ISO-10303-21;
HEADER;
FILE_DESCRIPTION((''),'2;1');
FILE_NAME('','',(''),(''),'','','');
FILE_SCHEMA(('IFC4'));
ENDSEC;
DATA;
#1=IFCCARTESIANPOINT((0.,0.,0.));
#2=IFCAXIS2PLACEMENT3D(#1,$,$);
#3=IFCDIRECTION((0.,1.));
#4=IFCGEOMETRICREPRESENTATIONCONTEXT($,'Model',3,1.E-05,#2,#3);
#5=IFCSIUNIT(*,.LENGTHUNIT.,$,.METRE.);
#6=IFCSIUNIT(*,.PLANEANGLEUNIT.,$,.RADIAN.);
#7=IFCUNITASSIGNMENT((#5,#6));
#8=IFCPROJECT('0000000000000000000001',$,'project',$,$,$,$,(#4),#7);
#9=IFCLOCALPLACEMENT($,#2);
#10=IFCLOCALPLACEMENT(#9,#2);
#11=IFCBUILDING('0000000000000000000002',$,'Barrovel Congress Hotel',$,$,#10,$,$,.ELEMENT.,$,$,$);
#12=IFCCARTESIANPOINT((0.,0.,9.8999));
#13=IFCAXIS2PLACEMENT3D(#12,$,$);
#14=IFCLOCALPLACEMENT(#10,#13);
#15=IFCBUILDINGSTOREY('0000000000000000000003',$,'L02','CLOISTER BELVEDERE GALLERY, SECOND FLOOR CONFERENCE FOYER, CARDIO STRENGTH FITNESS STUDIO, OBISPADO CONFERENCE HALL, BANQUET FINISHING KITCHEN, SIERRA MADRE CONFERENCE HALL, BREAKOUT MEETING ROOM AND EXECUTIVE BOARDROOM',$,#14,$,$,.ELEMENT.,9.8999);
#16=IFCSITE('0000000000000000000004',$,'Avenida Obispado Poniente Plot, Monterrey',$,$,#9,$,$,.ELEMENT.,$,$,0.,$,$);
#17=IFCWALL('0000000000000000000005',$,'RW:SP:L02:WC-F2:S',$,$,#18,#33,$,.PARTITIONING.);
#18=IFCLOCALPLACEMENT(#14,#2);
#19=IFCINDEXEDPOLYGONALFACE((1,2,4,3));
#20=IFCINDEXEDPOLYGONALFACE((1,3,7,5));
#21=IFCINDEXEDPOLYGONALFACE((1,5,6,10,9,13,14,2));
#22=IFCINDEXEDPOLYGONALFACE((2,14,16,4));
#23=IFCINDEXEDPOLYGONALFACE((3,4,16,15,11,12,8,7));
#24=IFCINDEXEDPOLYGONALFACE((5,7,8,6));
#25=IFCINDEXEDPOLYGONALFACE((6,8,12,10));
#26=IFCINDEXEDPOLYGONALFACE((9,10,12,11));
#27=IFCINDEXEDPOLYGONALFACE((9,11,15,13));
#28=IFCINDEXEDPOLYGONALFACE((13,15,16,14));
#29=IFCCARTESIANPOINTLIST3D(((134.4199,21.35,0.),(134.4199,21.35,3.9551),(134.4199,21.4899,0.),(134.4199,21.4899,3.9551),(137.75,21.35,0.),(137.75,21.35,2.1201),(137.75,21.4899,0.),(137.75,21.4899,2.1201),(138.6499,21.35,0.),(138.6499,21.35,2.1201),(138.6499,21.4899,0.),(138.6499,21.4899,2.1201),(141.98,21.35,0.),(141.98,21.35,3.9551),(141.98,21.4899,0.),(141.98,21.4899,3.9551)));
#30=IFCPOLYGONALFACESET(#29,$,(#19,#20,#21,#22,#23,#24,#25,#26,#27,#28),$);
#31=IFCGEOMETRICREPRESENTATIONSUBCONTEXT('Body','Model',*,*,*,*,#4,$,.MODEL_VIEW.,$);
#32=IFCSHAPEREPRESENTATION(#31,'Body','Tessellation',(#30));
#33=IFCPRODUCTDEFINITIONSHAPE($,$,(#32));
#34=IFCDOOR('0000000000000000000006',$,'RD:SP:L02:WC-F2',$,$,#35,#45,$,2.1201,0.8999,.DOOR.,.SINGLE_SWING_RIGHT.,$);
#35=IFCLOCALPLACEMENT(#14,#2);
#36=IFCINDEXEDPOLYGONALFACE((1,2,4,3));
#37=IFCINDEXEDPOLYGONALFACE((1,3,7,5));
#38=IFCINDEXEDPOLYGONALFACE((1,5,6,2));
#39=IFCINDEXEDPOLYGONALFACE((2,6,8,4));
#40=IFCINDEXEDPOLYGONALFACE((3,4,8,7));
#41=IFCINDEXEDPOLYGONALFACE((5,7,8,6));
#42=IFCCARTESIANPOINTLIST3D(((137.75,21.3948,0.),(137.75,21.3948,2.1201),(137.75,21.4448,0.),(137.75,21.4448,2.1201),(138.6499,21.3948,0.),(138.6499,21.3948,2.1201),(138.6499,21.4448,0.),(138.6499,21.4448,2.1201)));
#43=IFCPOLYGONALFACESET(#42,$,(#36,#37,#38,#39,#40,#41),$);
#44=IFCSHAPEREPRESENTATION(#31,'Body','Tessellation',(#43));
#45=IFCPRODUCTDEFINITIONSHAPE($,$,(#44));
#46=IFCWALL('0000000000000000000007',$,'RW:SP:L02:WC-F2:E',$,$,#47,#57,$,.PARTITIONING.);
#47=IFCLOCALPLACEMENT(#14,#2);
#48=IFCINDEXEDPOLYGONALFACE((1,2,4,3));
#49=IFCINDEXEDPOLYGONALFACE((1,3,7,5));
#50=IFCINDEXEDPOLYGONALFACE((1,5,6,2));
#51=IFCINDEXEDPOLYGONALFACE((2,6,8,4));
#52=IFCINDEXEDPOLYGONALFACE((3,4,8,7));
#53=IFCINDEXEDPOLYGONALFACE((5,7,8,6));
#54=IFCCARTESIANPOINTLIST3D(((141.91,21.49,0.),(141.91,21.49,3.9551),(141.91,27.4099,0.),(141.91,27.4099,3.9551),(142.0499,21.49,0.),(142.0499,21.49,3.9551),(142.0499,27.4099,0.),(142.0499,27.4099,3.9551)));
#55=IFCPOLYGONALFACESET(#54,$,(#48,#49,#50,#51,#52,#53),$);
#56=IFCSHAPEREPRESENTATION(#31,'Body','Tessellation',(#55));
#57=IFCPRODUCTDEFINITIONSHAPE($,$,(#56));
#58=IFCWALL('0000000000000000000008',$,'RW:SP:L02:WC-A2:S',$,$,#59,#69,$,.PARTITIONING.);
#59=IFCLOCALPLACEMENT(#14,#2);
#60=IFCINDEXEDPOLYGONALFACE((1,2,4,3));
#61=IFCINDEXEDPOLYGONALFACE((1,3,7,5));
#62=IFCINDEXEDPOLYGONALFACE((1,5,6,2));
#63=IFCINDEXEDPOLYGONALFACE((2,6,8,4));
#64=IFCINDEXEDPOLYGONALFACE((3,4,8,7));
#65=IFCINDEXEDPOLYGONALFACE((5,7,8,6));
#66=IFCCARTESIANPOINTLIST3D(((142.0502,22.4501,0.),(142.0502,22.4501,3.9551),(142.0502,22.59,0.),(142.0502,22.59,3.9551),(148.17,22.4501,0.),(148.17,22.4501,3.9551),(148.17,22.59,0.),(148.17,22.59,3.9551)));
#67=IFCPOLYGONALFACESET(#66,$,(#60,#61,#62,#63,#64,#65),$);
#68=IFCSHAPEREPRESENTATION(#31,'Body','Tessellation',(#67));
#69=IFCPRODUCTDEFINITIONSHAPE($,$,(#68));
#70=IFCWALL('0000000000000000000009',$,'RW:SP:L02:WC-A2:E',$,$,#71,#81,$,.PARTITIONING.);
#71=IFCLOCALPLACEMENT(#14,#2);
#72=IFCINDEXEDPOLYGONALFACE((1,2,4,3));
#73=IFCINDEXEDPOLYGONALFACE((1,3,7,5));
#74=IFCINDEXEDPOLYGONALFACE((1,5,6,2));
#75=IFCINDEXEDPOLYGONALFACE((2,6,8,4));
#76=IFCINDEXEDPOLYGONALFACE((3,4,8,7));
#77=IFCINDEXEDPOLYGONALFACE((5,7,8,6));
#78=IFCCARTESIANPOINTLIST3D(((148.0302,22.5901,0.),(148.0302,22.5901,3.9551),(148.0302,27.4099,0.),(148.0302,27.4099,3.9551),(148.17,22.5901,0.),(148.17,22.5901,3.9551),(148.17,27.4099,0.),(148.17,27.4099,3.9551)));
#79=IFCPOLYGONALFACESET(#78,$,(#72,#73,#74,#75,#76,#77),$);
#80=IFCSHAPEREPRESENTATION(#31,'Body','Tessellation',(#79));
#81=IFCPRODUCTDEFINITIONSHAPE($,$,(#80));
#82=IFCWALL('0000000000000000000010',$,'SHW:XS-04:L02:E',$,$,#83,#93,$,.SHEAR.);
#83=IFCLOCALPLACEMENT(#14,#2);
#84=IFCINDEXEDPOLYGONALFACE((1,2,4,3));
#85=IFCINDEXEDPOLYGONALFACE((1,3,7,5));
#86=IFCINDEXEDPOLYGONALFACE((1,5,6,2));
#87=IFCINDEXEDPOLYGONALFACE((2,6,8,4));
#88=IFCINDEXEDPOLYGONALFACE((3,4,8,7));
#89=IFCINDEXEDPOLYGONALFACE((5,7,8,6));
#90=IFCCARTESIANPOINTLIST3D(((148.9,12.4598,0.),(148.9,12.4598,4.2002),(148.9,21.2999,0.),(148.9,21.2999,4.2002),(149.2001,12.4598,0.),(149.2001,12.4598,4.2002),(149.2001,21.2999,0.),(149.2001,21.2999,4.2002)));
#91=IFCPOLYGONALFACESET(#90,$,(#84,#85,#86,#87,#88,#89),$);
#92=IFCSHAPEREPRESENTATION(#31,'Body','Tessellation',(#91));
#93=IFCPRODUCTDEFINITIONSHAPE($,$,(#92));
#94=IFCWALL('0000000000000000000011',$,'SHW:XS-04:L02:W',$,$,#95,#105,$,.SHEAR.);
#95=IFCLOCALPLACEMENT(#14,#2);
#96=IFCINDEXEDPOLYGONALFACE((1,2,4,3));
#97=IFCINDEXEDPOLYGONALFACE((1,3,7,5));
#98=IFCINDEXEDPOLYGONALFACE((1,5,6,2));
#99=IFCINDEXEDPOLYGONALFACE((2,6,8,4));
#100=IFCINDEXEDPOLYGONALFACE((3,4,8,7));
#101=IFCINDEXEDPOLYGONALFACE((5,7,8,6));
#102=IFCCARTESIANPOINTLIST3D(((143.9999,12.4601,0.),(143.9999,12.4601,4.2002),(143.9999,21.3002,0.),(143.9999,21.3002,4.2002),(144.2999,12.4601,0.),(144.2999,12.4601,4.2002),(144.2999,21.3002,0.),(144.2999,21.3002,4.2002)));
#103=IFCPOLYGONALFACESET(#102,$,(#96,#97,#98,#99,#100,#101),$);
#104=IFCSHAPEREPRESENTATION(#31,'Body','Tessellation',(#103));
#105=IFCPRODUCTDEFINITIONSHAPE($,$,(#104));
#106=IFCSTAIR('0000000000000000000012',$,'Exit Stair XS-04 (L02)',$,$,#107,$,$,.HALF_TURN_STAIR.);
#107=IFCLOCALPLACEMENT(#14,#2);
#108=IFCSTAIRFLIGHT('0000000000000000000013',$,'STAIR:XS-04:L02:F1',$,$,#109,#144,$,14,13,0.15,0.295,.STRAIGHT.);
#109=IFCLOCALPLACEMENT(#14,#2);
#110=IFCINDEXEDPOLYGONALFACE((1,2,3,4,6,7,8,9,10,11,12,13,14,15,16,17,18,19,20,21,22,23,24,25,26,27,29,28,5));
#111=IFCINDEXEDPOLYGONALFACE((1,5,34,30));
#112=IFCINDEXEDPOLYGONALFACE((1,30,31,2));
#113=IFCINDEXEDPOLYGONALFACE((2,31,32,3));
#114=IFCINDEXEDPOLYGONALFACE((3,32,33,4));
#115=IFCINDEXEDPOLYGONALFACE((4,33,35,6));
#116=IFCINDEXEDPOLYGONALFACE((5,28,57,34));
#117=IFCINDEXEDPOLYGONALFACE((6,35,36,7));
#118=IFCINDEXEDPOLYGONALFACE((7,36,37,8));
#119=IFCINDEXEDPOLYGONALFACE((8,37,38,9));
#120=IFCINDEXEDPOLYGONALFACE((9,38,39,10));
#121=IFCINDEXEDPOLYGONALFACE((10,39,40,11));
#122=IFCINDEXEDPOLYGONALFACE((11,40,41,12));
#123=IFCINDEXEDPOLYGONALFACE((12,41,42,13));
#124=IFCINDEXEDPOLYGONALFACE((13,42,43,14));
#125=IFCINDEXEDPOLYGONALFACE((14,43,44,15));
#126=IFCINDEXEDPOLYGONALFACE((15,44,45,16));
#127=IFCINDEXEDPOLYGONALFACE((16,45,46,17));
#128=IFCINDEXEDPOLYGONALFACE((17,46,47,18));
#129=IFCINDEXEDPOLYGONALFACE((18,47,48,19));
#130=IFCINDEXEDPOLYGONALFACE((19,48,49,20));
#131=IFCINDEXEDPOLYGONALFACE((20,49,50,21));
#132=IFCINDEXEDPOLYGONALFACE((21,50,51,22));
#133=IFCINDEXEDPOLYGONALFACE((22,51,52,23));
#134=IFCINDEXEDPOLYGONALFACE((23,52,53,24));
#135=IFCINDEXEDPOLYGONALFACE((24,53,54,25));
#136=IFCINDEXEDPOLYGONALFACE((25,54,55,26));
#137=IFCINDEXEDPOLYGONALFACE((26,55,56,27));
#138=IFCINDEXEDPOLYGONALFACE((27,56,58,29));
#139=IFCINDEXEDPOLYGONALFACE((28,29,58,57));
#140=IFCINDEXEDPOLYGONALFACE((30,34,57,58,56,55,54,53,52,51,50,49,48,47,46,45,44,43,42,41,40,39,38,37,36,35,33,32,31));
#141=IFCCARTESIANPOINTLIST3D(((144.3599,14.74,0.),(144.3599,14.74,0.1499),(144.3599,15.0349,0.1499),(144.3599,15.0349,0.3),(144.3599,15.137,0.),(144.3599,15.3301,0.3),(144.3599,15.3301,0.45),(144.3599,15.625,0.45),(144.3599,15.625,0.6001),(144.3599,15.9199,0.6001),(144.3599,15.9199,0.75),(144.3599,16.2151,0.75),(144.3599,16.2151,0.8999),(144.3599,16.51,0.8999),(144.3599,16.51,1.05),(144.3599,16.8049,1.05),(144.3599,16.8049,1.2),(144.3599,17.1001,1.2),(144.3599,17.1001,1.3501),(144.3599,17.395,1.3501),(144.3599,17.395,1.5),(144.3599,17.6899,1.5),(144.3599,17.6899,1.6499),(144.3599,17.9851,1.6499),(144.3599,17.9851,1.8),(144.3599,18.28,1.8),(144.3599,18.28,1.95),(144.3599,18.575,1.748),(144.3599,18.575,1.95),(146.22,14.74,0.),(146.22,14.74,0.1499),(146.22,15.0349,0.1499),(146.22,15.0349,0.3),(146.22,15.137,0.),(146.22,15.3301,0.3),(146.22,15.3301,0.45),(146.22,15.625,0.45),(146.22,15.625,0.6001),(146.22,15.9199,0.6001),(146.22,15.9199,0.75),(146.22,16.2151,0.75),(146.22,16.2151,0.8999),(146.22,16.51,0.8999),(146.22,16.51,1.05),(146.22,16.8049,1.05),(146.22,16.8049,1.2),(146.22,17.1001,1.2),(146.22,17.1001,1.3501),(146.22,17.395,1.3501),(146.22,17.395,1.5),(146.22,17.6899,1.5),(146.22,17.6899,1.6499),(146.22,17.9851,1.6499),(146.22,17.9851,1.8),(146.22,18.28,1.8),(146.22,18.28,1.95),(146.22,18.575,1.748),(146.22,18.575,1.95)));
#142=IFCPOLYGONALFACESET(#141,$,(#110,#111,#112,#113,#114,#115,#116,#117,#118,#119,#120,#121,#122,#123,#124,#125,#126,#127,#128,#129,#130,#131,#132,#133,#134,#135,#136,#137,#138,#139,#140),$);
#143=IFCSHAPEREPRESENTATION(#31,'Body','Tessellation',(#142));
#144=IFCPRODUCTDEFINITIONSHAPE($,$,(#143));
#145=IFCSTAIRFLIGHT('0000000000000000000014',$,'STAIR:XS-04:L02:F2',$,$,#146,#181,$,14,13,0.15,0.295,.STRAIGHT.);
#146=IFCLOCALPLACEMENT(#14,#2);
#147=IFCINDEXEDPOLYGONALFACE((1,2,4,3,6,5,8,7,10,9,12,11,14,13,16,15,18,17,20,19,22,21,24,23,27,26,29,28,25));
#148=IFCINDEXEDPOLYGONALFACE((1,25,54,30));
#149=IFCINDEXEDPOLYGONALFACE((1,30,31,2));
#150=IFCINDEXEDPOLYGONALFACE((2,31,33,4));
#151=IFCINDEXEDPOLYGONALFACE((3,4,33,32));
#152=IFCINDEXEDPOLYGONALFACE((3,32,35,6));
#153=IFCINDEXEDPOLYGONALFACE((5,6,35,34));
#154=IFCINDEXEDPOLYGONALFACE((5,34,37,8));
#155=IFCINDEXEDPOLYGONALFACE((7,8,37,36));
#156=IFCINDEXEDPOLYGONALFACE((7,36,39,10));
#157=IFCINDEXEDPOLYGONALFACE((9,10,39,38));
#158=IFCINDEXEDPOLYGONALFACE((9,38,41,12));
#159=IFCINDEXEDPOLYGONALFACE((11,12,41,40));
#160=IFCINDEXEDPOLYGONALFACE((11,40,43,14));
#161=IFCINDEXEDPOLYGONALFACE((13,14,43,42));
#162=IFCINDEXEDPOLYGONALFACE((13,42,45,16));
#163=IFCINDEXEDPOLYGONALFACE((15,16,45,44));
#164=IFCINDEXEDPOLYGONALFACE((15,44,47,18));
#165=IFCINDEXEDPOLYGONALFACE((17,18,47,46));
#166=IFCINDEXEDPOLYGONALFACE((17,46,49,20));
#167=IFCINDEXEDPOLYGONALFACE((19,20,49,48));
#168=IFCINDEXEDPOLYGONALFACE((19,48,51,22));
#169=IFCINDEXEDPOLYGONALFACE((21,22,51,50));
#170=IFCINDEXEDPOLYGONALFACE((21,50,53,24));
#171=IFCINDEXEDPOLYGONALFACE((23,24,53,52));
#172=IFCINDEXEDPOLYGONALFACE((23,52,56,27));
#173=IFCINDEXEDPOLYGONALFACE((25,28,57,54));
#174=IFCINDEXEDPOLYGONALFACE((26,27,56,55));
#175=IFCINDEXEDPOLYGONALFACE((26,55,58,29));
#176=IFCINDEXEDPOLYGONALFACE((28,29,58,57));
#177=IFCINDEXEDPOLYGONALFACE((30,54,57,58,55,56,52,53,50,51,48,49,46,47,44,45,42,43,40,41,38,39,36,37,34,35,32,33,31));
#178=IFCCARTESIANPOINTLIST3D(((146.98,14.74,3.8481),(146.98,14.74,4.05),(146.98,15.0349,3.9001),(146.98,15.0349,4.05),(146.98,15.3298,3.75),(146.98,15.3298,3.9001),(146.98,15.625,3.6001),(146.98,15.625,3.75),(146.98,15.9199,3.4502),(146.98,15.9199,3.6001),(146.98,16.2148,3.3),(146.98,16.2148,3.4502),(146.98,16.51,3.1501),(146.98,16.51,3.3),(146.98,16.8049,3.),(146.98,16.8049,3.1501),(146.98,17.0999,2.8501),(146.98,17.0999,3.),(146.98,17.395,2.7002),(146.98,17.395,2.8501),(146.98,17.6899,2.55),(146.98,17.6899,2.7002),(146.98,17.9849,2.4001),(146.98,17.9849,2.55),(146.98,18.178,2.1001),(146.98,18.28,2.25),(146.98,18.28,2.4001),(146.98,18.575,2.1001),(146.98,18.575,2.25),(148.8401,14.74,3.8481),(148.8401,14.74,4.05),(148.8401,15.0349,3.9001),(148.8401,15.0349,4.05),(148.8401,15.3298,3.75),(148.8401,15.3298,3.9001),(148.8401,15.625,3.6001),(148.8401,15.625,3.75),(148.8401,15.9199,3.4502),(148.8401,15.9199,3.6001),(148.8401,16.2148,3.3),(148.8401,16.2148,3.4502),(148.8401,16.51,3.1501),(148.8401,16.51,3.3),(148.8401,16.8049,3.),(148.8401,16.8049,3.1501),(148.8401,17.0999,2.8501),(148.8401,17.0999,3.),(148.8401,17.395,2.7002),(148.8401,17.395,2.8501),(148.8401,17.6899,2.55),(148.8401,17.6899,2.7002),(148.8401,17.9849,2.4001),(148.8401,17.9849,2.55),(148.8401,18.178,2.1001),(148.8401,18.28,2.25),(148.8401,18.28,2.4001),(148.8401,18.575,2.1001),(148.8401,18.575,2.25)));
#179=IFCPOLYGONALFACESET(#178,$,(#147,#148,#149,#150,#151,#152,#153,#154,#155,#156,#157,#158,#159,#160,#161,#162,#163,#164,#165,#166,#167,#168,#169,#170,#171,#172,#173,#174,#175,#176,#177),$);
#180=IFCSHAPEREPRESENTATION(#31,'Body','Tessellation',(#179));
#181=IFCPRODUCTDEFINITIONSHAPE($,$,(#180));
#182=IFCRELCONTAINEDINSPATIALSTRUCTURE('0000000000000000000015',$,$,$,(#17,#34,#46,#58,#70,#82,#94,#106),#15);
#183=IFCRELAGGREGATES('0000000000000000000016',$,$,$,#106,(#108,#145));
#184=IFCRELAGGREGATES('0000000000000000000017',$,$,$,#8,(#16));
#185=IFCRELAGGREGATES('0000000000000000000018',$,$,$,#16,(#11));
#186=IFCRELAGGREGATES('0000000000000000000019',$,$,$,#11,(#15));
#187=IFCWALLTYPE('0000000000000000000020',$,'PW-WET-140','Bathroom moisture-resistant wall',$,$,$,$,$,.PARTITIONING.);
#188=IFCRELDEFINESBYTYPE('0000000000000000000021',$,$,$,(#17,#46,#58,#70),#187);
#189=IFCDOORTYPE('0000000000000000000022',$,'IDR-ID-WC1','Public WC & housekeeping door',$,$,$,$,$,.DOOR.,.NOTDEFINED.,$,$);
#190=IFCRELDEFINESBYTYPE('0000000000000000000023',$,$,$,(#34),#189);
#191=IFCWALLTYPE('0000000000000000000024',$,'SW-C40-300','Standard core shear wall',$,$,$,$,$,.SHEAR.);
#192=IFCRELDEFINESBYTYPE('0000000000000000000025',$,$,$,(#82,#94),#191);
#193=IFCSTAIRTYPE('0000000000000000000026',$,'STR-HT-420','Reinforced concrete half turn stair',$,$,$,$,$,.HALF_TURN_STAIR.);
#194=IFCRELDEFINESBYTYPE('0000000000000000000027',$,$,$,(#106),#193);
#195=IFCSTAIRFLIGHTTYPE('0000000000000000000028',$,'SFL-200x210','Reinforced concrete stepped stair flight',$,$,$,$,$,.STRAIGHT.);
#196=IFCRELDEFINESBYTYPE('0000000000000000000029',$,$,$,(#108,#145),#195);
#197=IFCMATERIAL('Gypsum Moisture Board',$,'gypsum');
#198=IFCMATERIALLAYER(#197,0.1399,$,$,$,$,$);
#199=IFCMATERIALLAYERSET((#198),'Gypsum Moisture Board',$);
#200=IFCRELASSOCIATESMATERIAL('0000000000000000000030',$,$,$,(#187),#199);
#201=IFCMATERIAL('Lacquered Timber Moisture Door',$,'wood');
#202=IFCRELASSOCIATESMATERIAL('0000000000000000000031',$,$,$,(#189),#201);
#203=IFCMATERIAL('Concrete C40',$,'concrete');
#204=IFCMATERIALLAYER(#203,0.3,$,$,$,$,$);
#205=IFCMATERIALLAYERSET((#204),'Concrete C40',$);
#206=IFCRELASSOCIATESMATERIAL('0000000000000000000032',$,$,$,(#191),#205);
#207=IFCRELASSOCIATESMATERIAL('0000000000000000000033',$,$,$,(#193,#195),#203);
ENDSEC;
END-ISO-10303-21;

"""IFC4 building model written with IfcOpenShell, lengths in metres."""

from ifc_helpers import new_model, si_unit, direction, frame, frame_2d, origin, place, context, subcontext, project, spatial, polyline, rectangle, outline, extrude, material, layer, layer_set, type_object, element, fill, aggregate, save


model = new_model("IFC4")

# Units and contexts
model_context = context("Model", 3, precision=1e-05, world=origin(), true_north=direction((0.0, 1.0)))
body_context = subcontext(model_context, "Body", "Model", "MODEL_VIEW")
ifc_project = project(units=[si_unit("LENGTHUNIT", "METRE"), si_unit("PLANEANGLEUNIT", "RADIAN")], contexts=[model_context])

# Site, building, storey
site_placement = place(None, origin())
site = spatial("IfcSite", under=ifc_project, at=site_placement, Name="Avenida Obispado Poniente Plot, Monterrey", CompositionType="ELEMENT", RefElevation=0.0)
building_placement = place(site_placement, origin())
building = spatial("IfcBuilding", under=site, at=building_placement, Name="Barrovel Congress Hotel", CompositionType="ELEMENT")
storey_placement = place(building_placement, frame((0.0, 0.0, 9.8999)))
storey = spatial("IfcBuildingStorey", under=building, at=storey_placement, Name="L02", Description="CLOISTER BELVEDERE GALLERY, SECOND FLOOR CONFERENCE FOYER, CARDIO STRENGTH FITNESS STUDIO, OBISPADO CONFERENCE HALL, BANQUET FINISHING KITCHEN, SIERRA MADRE CONFERENCE HALL, BREAKOUT MEETING ROOM AND EXECUTIVE BOARDROOM", CompositionType="ELEMENT", Elevation=9.8999)

# Shared definitions
ifc_material_1 = material(Name="Concrete C40", Category="concrete")

# Shared definitions
ifc_material_2 = material(Name="Gypsum Moisture Board", Category="gypsum")
ifc_layer_1 = layer(ifc_material_2, 0.1399)
ifc_layer_set_1 = layer_set([ifc_layer_1], Name="Gypsum Moisture Board")
wall_type_1 = type_object("IfcWallType", Name="PW-WET-140", Description="Bathroom moisture-resistant wall", PredefinedType="PARTITIONING", material=ifc_layer_set_1)

# Shared definitions
ifc_material_3 = material(Name="Lacquered Timber Moisture Door", Category="wood")
door_type_1 = type_object("IfcDoorType", Name="IDR-ID-WC1", Description="Public WC & housekeeping door", OperationType="NOTDEFINED", PredefinedType="DOOR", material=ifc_material_3)

# Wall, opening, door
wall_1_placement = place(storey_placement, frame((134.4199, 21.4199, 0.0), z_axis=(0.0, 0.0, 1.0), x_axis=(1.0, 0.0, 0.0)))
wall_1 = element("IfcWall", 1, at=wall_1_placement, inside=storey, type_object=wall_type_1, Name="RW:SP:L02:WC-F2:S", PredefinedType="PARTITIONING", context=body_context, shape_type="SweptSolid", body=[
    extrude(rectangle(XDim=7.5601, YDim=0.1399, at=frame_2d((3.78, 0.0))), origin(), (0.0, 0.0, 1.0), 3.9551),
])
opening_1_placement = place(wall_1_placement, frame((3.3301, 0.0, 0.0)))
opening_1 = element("IfcOpeningElement", 2, at=opening_1_placement, cuts=wall_1, PredefinedType="OPENING", context=body_context, shape_type="SweptSolid", body=[
    extrude(rectangle(XDim=0.8999, YDim=2.1201, at=frame_2d((0.45, 1.0601))), frame((0.0, 0.0801, 0.0), z_axis=(0.0, -1.0, 0.0), x_axis=(1.0, 0.0, 0.0)), (0.0, 0.0, 1.0), 0.1599),
])
door_1_placement = place(opening_1_placement, origin())
door_1 = element("IfcDoor", 3, at=door_1_placement, inside=storey, type_object=door_type_1, Name="RD:SP:L02:WC-F2", OperationType="SINGLE_SWING_RIGHT", OverallHeight=2.1201, OverallWidth=0.8999, PredefinedType="DOOR", context=body_context, shape_type="SweptSolid", body=[
    extrude(rectangle(XDim=0.8999, YDim=2.1201, at=frame_2d((0.45, 1.0601))), frame((0.0, 0.0249, 0.0), z_axis=(0.0, -1.0, 0.0), x_axis=(1.0, 0.0, 0.0)), (0.0, 0.0, 1.0), 0.05),
])
fill(opening_1, door_1)

# Walls
wall_2_placement = place(storey_placement, frame((141.98, 21.49, 0.0), z_axis=(0.0, 0.0, 1.0), x_axis=(0.0, 1.0, 0.0)))
element("IfcWall", 4, at=wall_2_placement, inside=storey, type_object=wall_type_1, Name="RW:SP:L02:WC-F2:E", PredefinedType="PARTITIONING", context=body_context, shape_type="SweptSolid", body=[
    extrude(rectangle(XDim=5.9199, YDim=0.1399, at=frame_2d((2.96, 0.0))), origin(), (0.0, 0.0, 1.0), 3.9551),
])
wall_3_placement = place(storey_placement, frame((142.05, 22.52, 0.0), z_axis=(0.0, 0.0, 1.0), x_axis=(1.0, 0.0, 0.0)))
element("IfcWall", 5, at=wall_3_placement, inside=storey, type_object=wall_type_1, Name="RW:SP:L02:WC-A2:S", PredefinedType="PARTITIONING", context=body_context, shape_type="SweptSolid", body=[
    extrude(rectangle(XDim=6.1199, YDim=0.1399, at=frame_2d((3.0601, 0.0))), origin(), (0.0, 0.0, 1.0), 3.9551),
])
wall_4_placement = place(storey_placement, frame((148.1001, 22.5901, 0.0), z_axis=(0.0, 0.0, 1.0), x_axis=(0.0, 1.0, 0.0)))
element("IfcWall", 6, at=wall_4_placement, inside=storey, type_object=wall_type_1, Name="RW:SP:L02:WC-A2:E", PredefinedType="PARTITIONING", context=body_context, shape_type="SweptSolid", body=[
    extrude(rectangle(XDim=4.8198, YDim=0.1399, at=frame_2d((2.4099, 0.0))), origin(), (0.0, 0.0, 1.0), 3.9551),
])

# Shared definitions
ifc_layer_2 = layer(ifc_material_1, 0.3)
ifc_layer_set_2 = layer_set([ifc_layer_2], Name="Concrete C40")
wall_type_2 = type_object("IfcWallType", Name="SW-C40-300", Description="Standard core shear wall", PredefinedType="SHEAR", material=ifc_layer_set_2)

# Walls
for number, where, z_axis, x_axis, name in (
    (7, (149.05, 12.46, 0.0), (0.0, 0.0, 1.0), (0.0, 1.0, 0.0), "SHW:XS-04:L02:E"),
    (8, (144.1499, 21.3, 0.0), (0.0, 0.0, 1.0), (0.0, -1.0, 0.0), "SHW:XS-04:L02:W"),
):
    element("IfcWall", number, at=place(storey_placement, frame(where, z_axis=z_axis, x_axis=x_axis)), inside=storey, type_object=wall_type_2, Name=name, PredefinedType="SHEAR", context=body_context, shape_type="SweptSolid", body=[
        extrude(rectangle(XDim=8.8401, YDim=0.3, at=frame_2d((4.4199, 0.0))), origin(), (0.0, 0.0, 1.0), 4.2002),
    ])

# Stair, stair flights
stair_type = type_object("IfcStairType", Name="STR-HT-420", Description="Reinforced concrete half turn stair", PredefinedType="HALF_TURN_STAIR", material=ifc_material_1)
stair_placement = place(storey_placement, origin())
stair = element("IfcStair", 9, at=stair_placement, inside=storey, type_object=stair_type, Name="Exit Stair XS-04 (L02)", PredefinedType="HALF_TURN_STAIR")
stair_flight_type = type_object("IfcStairFlightType", Name="SFL-200x210", Description="Reinforced concrete stepped stair flight", PredefinedType="STRAIGHT", material=ifc_material_1)
stair_flight_1_placement = place(storey_placement, frame((145.29, 14.74, 0.0), z_axis=(0.0, 0.0, 1.0), x_axis=(0.0, 1.0, 0.0)))
stair_flight_1 = element("IfcStairFlight", 10, at=stair_flight_1_placement, type_object=stair_flight_type, Name="STAIR:XS-04:L02:F1", NumberOfRisers=14, NumberOfTreads=13, PredefinedType="STRAIGHT", RiserHeight=0.15, TreadLength=0.295, context=body_context, shape_type="SweptSolid", body=[
    extrude(outline(polyline([(0.0, 0.0), (0.0, 0.1499), (0.2949, 0.1499), (0.2949, 0.3), (0.5901, 0.3), (0.5901, 0.45), (0.885, 0.45), (0.885, 0.6001), (1.1799, 0.6001), (1.1799, 0.75), (1.4751, 0.75), (1.4751, 0.8999), (1.77, 0.8999), (1.77, 1.05), (2.0649, 1.05), (2.0649, 1.2), (2.3601, 1.2), (2.3601, 1.3501), (2.655, 1.3501), (2.655, 1.5), (2.95, 1.5), (2.95, 1.6499), (3.2451, 1.6499), (3.2451, 1.8), (3.54, 1.8), (3.54, 1.95), (3.835, 1.95), (3.835, 2.1001), (3.835, 1.748), (0.397, 0.0), (0.0, 0.0)])), frame((0.0, 0.9302, 0.0), z_axis=(0.0, -1.0, 0.0), x_axis=(1.0, 0.0, 0.0)), (0.0, 0.0, 1.0), 1.8601),
])
stair_flight_2_placement = place(storey_placement, frame((147.9099, 18.575, 2.1001), z_axis=(0.0, 0.0, 1.0), x_axis=(0.0, -1.0, 0.0)))
stair_flight_2 = element("IfcStairFlight", 11, at=stair_flight_2_placement, type_object=stair_flight_type, Name="STAIR:XS-04:L02:F2", NumberOfRisers=14, NumberOfTreads=13, PredefinedType="STRAIGHT", RiserHeight=0.15, TreadLength=0.295, context=body_context, shape_type="SweptSolid", body=[
    extrude(outline(polyline([(0.0, 0.0), (0.0, 0.1499), (0.2949, 0.1499), (0.2949, 0.3), (0.5901, 0.3), (0.5901, 0.45), (0.885, 0.45), (0.885, 0.6001), (1.1799, 0.6001), (1.1799, 0.75), (1.4751, 0.75), (1.4751, 0.8999), (1.77, 0.8999), (1.77, 1.05), (2.0649, 1.05), (2.0649, 1.2), (2.3601, 1.2), (2.3601, 1.3501), (2.655, 1.3501), (2.655, 1.5), (2.95, 1.5), (2.95, 1.6499), (3.2451, 1.6499), (3.2451, 1.8), (3.54, 1.8), (3.54, 1.95), (3.835, 1.95), (3.835, 2.1001), (3.835, 1.748), (0.397, 0.0), (0.0, 0.0)])), frame((0.0, 0.9302, 0.0), z_axis=(0.0, -1.0, 0.0), x_axis=(1.0, 0.0, 0.0)), (0.0, 0.0, 1.0), 1.8601),
])
aggregate(stair, [stair_flight_1, stair_flight_2])

save(model, "model.ifc")
